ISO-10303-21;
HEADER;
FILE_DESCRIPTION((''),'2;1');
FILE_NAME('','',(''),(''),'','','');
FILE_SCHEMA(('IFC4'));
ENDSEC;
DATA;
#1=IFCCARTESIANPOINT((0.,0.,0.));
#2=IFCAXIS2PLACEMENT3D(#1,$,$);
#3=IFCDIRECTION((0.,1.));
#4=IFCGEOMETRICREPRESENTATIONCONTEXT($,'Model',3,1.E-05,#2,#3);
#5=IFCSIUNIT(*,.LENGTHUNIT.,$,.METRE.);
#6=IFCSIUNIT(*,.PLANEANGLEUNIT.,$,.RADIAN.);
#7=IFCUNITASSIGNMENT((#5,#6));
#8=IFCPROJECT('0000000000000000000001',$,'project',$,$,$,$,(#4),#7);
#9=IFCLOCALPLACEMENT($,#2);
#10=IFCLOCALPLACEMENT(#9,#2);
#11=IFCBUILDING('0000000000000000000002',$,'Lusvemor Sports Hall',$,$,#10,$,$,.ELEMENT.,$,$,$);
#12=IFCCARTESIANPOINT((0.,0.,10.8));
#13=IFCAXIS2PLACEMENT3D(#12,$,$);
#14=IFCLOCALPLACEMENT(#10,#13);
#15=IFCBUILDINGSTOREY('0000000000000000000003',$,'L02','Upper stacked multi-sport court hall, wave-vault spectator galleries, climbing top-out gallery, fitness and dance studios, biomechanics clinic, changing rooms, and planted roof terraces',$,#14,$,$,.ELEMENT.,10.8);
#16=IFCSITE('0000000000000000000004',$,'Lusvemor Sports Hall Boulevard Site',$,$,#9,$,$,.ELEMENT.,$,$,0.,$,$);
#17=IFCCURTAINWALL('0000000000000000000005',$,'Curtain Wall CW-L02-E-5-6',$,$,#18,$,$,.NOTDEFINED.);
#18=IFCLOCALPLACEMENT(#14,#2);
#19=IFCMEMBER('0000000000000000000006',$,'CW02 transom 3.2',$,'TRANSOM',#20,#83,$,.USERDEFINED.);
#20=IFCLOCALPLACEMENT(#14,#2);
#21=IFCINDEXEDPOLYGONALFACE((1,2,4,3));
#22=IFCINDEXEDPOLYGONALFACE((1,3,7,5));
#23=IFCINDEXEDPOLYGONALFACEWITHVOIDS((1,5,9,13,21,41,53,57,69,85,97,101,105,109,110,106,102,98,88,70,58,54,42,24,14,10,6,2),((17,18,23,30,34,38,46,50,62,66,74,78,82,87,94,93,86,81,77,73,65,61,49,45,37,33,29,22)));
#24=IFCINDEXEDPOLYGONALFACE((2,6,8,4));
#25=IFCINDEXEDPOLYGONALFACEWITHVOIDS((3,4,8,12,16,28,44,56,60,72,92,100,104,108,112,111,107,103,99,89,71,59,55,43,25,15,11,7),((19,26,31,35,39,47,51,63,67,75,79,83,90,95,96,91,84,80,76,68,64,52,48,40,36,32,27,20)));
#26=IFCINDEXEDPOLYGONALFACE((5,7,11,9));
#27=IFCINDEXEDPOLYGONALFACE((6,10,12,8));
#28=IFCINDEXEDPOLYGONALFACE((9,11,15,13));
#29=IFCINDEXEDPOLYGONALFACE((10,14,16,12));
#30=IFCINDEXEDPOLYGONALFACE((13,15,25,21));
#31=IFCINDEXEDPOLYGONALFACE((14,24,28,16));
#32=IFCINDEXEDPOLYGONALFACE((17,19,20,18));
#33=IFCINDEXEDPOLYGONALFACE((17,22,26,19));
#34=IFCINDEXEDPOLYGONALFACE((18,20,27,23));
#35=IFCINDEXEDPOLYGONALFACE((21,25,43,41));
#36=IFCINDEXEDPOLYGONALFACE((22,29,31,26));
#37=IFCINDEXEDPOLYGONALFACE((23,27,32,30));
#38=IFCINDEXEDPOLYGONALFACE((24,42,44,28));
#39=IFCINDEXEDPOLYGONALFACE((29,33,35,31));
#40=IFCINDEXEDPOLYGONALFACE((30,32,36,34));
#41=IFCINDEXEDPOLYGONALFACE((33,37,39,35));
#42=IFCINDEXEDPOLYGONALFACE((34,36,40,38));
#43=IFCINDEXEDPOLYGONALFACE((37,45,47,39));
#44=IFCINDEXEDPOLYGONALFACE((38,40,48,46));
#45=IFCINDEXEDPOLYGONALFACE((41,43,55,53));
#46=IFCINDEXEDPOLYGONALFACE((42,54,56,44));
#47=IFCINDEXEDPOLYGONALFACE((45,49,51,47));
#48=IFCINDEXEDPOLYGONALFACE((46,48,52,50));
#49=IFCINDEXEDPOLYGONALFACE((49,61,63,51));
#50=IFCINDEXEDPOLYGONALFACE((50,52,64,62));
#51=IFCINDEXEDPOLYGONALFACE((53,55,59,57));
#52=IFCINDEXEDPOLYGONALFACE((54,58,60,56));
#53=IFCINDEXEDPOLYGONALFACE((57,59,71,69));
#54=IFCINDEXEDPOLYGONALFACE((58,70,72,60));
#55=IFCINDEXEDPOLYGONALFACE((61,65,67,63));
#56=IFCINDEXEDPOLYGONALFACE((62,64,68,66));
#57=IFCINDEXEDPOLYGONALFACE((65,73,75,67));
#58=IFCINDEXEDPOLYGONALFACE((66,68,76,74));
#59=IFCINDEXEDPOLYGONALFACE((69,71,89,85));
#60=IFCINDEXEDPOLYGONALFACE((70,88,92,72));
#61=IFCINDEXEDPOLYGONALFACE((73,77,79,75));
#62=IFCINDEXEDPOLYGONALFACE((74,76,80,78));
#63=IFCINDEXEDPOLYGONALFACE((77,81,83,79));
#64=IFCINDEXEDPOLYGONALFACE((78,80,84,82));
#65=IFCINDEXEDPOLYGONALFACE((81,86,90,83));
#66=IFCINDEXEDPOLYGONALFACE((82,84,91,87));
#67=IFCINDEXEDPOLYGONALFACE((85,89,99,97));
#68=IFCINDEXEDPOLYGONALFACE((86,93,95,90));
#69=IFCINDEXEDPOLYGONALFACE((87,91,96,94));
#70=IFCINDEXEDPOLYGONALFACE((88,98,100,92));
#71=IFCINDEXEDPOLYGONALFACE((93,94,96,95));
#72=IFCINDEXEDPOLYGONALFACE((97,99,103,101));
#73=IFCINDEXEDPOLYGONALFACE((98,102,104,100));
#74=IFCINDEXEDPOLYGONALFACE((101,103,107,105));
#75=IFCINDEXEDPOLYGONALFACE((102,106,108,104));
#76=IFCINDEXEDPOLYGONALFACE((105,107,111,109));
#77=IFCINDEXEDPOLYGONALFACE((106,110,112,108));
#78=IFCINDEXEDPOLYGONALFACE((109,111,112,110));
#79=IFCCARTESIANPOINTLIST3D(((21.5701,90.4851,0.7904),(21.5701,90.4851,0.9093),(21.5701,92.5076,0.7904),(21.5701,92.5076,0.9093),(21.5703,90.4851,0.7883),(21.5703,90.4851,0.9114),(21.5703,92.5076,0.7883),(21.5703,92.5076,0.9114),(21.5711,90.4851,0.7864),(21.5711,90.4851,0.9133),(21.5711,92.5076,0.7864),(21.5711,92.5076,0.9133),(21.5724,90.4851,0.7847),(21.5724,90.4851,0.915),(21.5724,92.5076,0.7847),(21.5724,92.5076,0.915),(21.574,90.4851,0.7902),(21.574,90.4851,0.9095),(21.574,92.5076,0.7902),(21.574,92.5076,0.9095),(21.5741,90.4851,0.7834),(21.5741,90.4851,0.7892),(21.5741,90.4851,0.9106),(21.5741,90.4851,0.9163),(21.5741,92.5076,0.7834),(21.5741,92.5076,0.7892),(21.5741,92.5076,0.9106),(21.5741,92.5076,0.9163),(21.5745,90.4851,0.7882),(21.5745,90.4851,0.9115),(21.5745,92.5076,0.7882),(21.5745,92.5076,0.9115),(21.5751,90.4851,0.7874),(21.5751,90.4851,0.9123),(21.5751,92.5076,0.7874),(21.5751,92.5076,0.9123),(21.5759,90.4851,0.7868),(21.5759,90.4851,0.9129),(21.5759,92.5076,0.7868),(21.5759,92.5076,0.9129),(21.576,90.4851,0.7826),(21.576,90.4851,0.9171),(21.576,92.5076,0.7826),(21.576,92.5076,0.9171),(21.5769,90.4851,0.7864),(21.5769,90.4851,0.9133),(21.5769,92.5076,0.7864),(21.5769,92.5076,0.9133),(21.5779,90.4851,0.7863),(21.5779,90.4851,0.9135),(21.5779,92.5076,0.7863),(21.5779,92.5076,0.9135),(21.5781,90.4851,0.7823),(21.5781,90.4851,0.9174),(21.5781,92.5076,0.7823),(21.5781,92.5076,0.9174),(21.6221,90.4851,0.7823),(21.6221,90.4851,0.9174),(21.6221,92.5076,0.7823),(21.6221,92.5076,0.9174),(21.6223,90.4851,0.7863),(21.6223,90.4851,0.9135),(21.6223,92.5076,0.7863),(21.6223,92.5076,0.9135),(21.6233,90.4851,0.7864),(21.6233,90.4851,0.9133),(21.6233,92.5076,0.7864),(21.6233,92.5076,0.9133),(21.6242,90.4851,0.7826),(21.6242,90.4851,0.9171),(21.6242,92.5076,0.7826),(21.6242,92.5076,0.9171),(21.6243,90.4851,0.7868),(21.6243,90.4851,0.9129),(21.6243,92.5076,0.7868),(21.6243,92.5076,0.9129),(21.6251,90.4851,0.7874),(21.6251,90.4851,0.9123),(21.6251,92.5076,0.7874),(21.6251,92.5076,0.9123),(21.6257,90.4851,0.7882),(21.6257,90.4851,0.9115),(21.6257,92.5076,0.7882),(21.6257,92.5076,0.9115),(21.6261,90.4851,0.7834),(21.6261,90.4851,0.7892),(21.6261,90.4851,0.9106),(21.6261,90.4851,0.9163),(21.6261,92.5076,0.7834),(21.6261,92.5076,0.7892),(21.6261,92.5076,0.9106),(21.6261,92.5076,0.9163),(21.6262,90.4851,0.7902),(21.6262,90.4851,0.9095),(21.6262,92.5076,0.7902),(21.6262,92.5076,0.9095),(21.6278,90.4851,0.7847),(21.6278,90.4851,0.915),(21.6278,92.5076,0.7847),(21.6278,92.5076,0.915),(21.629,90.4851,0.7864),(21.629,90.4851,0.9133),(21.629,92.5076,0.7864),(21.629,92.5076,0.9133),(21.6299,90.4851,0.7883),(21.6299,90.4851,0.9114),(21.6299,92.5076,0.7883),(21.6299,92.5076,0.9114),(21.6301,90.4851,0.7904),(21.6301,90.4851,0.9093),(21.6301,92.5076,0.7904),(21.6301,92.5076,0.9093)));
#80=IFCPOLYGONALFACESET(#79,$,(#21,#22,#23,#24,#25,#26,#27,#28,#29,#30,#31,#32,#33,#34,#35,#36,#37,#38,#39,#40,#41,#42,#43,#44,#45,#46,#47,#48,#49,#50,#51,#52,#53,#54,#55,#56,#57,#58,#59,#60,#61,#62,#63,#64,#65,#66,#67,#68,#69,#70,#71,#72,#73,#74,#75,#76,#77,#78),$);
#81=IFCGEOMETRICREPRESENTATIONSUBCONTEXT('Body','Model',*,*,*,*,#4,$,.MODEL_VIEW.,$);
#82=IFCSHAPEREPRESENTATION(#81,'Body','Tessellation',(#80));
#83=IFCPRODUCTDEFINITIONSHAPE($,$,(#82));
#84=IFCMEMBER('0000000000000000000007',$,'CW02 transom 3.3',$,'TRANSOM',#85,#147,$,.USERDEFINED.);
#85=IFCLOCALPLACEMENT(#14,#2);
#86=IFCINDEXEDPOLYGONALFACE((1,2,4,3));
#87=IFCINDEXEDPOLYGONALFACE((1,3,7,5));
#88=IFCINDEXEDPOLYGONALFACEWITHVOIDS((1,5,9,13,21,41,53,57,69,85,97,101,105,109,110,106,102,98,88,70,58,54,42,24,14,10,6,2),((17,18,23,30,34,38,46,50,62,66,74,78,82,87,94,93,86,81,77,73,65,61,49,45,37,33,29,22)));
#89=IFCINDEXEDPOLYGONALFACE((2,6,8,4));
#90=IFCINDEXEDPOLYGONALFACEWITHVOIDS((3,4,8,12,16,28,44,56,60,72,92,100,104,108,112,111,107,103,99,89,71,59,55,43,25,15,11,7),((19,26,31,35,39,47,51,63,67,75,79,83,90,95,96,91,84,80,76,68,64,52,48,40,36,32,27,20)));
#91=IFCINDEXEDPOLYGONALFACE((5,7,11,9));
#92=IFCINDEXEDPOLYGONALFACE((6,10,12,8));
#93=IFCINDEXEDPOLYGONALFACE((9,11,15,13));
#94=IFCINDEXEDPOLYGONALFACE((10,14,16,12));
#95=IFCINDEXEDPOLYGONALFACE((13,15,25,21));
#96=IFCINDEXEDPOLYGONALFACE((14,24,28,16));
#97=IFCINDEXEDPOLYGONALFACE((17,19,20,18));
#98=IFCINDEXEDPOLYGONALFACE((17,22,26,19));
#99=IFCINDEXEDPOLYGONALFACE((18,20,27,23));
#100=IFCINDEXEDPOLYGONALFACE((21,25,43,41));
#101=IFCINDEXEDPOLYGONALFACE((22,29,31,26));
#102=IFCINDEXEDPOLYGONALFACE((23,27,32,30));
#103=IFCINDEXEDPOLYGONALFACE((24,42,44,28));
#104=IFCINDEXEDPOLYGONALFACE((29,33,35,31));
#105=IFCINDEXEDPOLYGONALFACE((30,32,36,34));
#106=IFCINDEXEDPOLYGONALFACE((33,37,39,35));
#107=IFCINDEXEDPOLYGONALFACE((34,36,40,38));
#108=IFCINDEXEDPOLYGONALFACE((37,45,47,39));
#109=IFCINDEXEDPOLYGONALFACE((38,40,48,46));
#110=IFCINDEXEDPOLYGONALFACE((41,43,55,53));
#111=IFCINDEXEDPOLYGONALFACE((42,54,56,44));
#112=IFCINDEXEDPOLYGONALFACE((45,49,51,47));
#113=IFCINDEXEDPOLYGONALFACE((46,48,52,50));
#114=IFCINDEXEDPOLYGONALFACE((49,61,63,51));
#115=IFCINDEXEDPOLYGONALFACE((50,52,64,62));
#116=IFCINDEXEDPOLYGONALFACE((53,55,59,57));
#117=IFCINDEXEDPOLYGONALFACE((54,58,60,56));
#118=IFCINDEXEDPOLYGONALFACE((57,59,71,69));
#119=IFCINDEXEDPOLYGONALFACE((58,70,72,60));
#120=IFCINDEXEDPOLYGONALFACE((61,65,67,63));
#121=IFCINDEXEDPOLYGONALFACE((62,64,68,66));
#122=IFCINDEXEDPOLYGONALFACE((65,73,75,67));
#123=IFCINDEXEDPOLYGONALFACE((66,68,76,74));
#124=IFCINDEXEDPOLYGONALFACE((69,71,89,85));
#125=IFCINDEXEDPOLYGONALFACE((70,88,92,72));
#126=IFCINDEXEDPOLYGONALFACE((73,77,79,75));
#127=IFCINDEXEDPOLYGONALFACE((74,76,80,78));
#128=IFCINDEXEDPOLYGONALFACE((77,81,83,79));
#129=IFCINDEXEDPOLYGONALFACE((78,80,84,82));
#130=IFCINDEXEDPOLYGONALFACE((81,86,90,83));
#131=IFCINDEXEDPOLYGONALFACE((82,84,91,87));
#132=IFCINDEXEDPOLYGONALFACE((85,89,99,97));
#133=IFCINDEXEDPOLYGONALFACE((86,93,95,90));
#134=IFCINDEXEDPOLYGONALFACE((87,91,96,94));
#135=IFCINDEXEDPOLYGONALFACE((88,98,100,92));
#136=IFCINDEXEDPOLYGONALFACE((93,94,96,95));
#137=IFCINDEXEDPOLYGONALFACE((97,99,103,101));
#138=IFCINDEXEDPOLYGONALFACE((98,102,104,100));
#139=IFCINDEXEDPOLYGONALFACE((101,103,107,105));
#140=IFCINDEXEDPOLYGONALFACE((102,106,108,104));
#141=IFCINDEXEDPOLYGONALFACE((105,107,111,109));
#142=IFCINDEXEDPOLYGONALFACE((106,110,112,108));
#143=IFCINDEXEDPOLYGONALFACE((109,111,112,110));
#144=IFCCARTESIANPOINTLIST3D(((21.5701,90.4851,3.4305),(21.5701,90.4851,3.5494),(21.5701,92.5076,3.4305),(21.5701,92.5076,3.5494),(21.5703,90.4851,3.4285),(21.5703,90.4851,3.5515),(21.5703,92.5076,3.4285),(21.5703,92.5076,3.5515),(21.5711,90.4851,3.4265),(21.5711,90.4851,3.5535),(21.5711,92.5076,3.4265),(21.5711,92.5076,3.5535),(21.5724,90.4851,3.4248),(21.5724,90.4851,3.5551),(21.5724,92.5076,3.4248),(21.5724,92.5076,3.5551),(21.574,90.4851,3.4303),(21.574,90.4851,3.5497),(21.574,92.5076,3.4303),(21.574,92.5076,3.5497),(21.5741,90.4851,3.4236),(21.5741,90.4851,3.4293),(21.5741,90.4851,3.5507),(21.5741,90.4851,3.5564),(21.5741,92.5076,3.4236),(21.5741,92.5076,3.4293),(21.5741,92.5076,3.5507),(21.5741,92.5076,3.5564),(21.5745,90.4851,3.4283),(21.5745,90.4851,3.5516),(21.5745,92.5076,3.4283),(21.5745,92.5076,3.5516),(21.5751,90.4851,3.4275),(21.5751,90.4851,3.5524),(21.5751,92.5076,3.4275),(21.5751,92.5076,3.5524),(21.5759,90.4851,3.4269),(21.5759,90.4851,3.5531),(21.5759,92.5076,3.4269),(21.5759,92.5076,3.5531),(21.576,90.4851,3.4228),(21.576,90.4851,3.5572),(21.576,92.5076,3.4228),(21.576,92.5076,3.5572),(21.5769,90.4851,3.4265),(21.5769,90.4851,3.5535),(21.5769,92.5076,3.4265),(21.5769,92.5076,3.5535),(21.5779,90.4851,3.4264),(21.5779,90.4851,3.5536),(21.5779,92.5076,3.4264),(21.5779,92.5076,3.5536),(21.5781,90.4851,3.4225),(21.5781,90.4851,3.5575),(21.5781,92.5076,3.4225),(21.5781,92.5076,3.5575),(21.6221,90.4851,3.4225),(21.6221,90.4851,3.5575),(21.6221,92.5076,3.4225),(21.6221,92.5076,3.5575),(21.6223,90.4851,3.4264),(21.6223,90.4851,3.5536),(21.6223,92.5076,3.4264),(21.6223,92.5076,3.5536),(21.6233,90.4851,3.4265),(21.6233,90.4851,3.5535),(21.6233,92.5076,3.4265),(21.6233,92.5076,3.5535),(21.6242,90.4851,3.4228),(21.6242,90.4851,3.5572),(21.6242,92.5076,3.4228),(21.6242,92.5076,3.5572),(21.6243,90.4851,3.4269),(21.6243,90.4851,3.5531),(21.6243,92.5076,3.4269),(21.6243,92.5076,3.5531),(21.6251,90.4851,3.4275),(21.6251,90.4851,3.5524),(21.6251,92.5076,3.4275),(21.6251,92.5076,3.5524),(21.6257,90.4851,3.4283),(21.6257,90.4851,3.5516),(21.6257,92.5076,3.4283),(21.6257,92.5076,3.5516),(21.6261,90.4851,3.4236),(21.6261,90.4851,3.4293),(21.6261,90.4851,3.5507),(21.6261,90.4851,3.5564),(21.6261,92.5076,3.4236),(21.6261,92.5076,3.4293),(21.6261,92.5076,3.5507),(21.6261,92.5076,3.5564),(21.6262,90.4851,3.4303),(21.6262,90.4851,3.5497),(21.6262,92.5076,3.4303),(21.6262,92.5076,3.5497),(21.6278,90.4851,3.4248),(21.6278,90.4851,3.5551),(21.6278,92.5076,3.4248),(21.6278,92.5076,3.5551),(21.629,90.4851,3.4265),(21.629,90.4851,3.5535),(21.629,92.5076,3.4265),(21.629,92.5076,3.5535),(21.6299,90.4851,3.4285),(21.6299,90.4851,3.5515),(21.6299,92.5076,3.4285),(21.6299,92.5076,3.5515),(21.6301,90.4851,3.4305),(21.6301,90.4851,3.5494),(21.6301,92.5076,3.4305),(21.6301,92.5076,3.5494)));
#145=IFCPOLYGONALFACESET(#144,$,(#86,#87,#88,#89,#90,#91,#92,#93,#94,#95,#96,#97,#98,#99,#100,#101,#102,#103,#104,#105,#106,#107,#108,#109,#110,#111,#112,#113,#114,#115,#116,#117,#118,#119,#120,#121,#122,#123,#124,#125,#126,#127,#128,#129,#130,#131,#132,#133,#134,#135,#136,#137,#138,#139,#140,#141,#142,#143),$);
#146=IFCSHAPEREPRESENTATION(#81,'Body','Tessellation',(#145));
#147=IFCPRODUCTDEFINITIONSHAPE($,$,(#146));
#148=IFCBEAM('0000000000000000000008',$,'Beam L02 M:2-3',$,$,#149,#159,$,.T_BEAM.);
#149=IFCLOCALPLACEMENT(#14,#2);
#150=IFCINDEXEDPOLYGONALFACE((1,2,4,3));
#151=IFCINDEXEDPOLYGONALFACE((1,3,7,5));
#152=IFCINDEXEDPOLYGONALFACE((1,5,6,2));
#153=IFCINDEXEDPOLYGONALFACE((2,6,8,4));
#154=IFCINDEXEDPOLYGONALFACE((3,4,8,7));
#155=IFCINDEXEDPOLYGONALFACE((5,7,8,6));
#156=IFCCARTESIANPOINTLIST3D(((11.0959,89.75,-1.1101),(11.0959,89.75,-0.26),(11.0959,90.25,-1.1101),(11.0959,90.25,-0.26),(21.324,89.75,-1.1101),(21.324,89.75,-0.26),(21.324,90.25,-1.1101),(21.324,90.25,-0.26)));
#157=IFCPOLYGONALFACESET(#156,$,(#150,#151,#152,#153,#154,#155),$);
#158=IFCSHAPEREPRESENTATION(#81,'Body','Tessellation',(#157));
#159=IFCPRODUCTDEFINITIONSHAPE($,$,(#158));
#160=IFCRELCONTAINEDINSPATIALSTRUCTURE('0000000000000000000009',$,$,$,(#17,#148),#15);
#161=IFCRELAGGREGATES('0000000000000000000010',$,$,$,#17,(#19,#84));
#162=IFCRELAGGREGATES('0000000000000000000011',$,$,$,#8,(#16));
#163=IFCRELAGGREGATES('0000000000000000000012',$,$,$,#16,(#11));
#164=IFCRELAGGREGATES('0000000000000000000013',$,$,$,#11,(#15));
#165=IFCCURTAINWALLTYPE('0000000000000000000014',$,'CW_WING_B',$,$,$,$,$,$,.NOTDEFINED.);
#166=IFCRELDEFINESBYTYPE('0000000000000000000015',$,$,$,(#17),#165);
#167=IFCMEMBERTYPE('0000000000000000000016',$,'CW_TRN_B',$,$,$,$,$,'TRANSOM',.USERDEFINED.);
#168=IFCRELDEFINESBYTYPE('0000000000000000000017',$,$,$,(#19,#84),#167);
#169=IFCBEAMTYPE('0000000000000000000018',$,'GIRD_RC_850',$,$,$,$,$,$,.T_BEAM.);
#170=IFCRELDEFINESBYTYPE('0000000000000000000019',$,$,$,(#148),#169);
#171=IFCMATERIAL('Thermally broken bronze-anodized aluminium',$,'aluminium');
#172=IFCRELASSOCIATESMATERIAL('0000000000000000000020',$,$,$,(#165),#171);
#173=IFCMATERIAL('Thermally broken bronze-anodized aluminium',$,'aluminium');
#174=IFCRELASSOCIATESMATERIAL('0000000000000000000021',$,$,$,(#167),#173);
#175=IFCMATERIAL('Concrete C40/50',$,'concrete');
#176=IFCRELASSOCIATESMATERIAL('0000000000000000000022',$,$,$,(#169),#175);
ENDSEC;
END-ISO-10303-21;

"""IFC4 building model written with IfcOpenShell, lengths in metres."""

from ifc_helpers import new_model, si_unit, direction, frame, origin, origin_2d, place, context, subcontext, project, spatial, rectangle, hollow_rectangle, extrude, material, material_profile, profile_set, type_object, element, aggregate, save


model = new_model("IFC4")

# Units and contexts
model_context = context("Model", 3, precision=1e-05, world=origin(), true_north=direction((0.0, 1.0)))
body_context = subcontext(model_context, "Body", "Model", "MODEL_VIEW")
ifc_project = project(units=[si_unit("LENGTHUNIT", "METRE"), si_unit("PLANEANGLEUNIT", "RADIAN")], contexts=[model_context])

# Site, building, storey
site_placement = place(None, origin())
site = spatial("IfcSite", under=ifc_project, at=site_placement, Name="Lusvemor Sports Hall Boulevard Site", CompositionType="ELEMENT", RefElevation=0.0)
building_placement = place(site_placement, origin())
building = spatial("IfcBuilding", under=site, at=building_placement, Name="Lusvemor Sports Hall", CompositionType="ELEMENT")
storey_placement = place(building_placement, frame((0.0, 0.0, 10.8)))
storey = spatial("IfcBuildingStorey", under=building, at=storey_placement, Name="L02", Description="Upper stacked multi-sport court hall, wave-vault spectator galleries, climbing top-out gallery, fitness and dance studios, biomechanics clinic, changing rooms, and planted roof terraces", CompositionType="ELEMENT", Elevation=10.8)

# Curtain wall, members
ifc_material_1 = material(Name="Thermally broken bronze-anodized aluminium", Category="aluminium")
curtain_wall_type = type_object("IfcCurtainWallType", Name="CW_WING_B", PredefinedType="NOTDEFINED", material=ifc_material_1)
curtain_wall_placement = place(storey_placement, origin())
curtain_wall = element("IfcCurtainWall", 1, at=curtain_wall_placement, inside=storey, type_object=curtain_wall_type, Name="Curtain Wall CW-L02-E-5-6", PredefinedType="NOTDEFINED")
ifc_material_2 = material(Name="Thermally broken bronze-anodized aluminium", Category="aluminium")
ifc_material_profile_1 = material_profile(ifc_material_2, hollow_rectangle(XDim=0.0601, YDim=0.135, WallThickness=0.0039, InnerFilletRadius=0.0039, OuterFilletRadius=0.0081, at=origin_2d()), Name="CWTRN135x60x4")
ifc_profile_set_1 = profile_set([ifc_material_profile_1], Name="Thermally broken bronze-anodized aluminium")
member_type_1 = type_object("IfcMemberType", Name="CW_TRN_B", ElementType="TRANSOM", PredefinedType="USERDEFINED", material=ifc_profile_set_1)
member_1_placement = place(storey_placement, frame((21.6001, 92.5076, 0.8499), z_axis=(0.0, -1.0, 0.0), x_axis=(1.0, 0.0, 0.0)))
member_1 = element("IfcMember", 2, at=member_1_placement, type_object=member_type_1, Name="CW02 transom 3.2", ObjectType="TRANSOM", PredefinedType="USERDEFINED", context=body_context, shape_type="SweptSolid", body=[
    extrude(hollow_rectangle(XDim=0.0601, YDim=0.135, WallThickness=0.0039, InnerFilletRadius=0.0039, OuterFilletRadius=0.0081, at=origin_2d()), origin(), (0.0, 0.0, 1.0), 2.0225),
])
member_2_placement = place(storey_placement, frame((21.6001, 92.5076, 3.49), z_axis=(0.0, -1.0, 0.0), x_axis=(1.0, 0.0, 0.0)))
member_2 = element("IfcMember", 3, at=member_2_placement, type_object=member_type_1, Name="CW02 transom 3.3", ObjectType="TRANSOM", PredefinedType="USERDEFINED", context=body_context, shape_type="SweptSolid", body=[
    extrude(hollow_rectangle(XDim=0.0601, YDim=0.135, WallThickness=0.0039, InnerFilletRadius=0.0039, OuterFilletRadius=0.0081, at=origin_2d()), origin(), (0.0, 0.0, 1.0), 2.0225),
])

# Beam
ifc_material_3 = material(Name="Concrete C40/50", Category="concrete")
ifc_material_profile_2 = material_profile(ifc_material_3, rectangle(XDim=0.5, YDim=0.8501, at=origin_2d()), Name="RC500x850")
ifc_profile_set_2 = profile_set([ifc_material_profile_2], Name="Concrete C40/50")
beam_type_1 = type_object("IfcBeamType", Name="GIRD_RC_850", PredefinedType="T_BEAM", material=ifc_profile_set_2)
beam_1_placement = place(storey_placement, frame((11.0959, 90.0, -0.6851), z_axis=(1.0, 0.0, 0.0), x_axis=(0.0, 1.0, 0.0)))
element("IfcBeam", 4, at=beam_1_placement, inside=storey, type_object=beam_type_1, Name="Beam L02 M:2-3", PredefinedType="T_BEAM", context=body_context, shape_type="SweptSolid", body=[
    extrude(rectangle(XDim=0.5, YDim=0.8501, at=origin_2d()), origin(), (0.0, 0.0, 1.0), 10.228),
])

aggregate(curtain_wall, [member_1, member_2])

save(model, "model.ifc")
